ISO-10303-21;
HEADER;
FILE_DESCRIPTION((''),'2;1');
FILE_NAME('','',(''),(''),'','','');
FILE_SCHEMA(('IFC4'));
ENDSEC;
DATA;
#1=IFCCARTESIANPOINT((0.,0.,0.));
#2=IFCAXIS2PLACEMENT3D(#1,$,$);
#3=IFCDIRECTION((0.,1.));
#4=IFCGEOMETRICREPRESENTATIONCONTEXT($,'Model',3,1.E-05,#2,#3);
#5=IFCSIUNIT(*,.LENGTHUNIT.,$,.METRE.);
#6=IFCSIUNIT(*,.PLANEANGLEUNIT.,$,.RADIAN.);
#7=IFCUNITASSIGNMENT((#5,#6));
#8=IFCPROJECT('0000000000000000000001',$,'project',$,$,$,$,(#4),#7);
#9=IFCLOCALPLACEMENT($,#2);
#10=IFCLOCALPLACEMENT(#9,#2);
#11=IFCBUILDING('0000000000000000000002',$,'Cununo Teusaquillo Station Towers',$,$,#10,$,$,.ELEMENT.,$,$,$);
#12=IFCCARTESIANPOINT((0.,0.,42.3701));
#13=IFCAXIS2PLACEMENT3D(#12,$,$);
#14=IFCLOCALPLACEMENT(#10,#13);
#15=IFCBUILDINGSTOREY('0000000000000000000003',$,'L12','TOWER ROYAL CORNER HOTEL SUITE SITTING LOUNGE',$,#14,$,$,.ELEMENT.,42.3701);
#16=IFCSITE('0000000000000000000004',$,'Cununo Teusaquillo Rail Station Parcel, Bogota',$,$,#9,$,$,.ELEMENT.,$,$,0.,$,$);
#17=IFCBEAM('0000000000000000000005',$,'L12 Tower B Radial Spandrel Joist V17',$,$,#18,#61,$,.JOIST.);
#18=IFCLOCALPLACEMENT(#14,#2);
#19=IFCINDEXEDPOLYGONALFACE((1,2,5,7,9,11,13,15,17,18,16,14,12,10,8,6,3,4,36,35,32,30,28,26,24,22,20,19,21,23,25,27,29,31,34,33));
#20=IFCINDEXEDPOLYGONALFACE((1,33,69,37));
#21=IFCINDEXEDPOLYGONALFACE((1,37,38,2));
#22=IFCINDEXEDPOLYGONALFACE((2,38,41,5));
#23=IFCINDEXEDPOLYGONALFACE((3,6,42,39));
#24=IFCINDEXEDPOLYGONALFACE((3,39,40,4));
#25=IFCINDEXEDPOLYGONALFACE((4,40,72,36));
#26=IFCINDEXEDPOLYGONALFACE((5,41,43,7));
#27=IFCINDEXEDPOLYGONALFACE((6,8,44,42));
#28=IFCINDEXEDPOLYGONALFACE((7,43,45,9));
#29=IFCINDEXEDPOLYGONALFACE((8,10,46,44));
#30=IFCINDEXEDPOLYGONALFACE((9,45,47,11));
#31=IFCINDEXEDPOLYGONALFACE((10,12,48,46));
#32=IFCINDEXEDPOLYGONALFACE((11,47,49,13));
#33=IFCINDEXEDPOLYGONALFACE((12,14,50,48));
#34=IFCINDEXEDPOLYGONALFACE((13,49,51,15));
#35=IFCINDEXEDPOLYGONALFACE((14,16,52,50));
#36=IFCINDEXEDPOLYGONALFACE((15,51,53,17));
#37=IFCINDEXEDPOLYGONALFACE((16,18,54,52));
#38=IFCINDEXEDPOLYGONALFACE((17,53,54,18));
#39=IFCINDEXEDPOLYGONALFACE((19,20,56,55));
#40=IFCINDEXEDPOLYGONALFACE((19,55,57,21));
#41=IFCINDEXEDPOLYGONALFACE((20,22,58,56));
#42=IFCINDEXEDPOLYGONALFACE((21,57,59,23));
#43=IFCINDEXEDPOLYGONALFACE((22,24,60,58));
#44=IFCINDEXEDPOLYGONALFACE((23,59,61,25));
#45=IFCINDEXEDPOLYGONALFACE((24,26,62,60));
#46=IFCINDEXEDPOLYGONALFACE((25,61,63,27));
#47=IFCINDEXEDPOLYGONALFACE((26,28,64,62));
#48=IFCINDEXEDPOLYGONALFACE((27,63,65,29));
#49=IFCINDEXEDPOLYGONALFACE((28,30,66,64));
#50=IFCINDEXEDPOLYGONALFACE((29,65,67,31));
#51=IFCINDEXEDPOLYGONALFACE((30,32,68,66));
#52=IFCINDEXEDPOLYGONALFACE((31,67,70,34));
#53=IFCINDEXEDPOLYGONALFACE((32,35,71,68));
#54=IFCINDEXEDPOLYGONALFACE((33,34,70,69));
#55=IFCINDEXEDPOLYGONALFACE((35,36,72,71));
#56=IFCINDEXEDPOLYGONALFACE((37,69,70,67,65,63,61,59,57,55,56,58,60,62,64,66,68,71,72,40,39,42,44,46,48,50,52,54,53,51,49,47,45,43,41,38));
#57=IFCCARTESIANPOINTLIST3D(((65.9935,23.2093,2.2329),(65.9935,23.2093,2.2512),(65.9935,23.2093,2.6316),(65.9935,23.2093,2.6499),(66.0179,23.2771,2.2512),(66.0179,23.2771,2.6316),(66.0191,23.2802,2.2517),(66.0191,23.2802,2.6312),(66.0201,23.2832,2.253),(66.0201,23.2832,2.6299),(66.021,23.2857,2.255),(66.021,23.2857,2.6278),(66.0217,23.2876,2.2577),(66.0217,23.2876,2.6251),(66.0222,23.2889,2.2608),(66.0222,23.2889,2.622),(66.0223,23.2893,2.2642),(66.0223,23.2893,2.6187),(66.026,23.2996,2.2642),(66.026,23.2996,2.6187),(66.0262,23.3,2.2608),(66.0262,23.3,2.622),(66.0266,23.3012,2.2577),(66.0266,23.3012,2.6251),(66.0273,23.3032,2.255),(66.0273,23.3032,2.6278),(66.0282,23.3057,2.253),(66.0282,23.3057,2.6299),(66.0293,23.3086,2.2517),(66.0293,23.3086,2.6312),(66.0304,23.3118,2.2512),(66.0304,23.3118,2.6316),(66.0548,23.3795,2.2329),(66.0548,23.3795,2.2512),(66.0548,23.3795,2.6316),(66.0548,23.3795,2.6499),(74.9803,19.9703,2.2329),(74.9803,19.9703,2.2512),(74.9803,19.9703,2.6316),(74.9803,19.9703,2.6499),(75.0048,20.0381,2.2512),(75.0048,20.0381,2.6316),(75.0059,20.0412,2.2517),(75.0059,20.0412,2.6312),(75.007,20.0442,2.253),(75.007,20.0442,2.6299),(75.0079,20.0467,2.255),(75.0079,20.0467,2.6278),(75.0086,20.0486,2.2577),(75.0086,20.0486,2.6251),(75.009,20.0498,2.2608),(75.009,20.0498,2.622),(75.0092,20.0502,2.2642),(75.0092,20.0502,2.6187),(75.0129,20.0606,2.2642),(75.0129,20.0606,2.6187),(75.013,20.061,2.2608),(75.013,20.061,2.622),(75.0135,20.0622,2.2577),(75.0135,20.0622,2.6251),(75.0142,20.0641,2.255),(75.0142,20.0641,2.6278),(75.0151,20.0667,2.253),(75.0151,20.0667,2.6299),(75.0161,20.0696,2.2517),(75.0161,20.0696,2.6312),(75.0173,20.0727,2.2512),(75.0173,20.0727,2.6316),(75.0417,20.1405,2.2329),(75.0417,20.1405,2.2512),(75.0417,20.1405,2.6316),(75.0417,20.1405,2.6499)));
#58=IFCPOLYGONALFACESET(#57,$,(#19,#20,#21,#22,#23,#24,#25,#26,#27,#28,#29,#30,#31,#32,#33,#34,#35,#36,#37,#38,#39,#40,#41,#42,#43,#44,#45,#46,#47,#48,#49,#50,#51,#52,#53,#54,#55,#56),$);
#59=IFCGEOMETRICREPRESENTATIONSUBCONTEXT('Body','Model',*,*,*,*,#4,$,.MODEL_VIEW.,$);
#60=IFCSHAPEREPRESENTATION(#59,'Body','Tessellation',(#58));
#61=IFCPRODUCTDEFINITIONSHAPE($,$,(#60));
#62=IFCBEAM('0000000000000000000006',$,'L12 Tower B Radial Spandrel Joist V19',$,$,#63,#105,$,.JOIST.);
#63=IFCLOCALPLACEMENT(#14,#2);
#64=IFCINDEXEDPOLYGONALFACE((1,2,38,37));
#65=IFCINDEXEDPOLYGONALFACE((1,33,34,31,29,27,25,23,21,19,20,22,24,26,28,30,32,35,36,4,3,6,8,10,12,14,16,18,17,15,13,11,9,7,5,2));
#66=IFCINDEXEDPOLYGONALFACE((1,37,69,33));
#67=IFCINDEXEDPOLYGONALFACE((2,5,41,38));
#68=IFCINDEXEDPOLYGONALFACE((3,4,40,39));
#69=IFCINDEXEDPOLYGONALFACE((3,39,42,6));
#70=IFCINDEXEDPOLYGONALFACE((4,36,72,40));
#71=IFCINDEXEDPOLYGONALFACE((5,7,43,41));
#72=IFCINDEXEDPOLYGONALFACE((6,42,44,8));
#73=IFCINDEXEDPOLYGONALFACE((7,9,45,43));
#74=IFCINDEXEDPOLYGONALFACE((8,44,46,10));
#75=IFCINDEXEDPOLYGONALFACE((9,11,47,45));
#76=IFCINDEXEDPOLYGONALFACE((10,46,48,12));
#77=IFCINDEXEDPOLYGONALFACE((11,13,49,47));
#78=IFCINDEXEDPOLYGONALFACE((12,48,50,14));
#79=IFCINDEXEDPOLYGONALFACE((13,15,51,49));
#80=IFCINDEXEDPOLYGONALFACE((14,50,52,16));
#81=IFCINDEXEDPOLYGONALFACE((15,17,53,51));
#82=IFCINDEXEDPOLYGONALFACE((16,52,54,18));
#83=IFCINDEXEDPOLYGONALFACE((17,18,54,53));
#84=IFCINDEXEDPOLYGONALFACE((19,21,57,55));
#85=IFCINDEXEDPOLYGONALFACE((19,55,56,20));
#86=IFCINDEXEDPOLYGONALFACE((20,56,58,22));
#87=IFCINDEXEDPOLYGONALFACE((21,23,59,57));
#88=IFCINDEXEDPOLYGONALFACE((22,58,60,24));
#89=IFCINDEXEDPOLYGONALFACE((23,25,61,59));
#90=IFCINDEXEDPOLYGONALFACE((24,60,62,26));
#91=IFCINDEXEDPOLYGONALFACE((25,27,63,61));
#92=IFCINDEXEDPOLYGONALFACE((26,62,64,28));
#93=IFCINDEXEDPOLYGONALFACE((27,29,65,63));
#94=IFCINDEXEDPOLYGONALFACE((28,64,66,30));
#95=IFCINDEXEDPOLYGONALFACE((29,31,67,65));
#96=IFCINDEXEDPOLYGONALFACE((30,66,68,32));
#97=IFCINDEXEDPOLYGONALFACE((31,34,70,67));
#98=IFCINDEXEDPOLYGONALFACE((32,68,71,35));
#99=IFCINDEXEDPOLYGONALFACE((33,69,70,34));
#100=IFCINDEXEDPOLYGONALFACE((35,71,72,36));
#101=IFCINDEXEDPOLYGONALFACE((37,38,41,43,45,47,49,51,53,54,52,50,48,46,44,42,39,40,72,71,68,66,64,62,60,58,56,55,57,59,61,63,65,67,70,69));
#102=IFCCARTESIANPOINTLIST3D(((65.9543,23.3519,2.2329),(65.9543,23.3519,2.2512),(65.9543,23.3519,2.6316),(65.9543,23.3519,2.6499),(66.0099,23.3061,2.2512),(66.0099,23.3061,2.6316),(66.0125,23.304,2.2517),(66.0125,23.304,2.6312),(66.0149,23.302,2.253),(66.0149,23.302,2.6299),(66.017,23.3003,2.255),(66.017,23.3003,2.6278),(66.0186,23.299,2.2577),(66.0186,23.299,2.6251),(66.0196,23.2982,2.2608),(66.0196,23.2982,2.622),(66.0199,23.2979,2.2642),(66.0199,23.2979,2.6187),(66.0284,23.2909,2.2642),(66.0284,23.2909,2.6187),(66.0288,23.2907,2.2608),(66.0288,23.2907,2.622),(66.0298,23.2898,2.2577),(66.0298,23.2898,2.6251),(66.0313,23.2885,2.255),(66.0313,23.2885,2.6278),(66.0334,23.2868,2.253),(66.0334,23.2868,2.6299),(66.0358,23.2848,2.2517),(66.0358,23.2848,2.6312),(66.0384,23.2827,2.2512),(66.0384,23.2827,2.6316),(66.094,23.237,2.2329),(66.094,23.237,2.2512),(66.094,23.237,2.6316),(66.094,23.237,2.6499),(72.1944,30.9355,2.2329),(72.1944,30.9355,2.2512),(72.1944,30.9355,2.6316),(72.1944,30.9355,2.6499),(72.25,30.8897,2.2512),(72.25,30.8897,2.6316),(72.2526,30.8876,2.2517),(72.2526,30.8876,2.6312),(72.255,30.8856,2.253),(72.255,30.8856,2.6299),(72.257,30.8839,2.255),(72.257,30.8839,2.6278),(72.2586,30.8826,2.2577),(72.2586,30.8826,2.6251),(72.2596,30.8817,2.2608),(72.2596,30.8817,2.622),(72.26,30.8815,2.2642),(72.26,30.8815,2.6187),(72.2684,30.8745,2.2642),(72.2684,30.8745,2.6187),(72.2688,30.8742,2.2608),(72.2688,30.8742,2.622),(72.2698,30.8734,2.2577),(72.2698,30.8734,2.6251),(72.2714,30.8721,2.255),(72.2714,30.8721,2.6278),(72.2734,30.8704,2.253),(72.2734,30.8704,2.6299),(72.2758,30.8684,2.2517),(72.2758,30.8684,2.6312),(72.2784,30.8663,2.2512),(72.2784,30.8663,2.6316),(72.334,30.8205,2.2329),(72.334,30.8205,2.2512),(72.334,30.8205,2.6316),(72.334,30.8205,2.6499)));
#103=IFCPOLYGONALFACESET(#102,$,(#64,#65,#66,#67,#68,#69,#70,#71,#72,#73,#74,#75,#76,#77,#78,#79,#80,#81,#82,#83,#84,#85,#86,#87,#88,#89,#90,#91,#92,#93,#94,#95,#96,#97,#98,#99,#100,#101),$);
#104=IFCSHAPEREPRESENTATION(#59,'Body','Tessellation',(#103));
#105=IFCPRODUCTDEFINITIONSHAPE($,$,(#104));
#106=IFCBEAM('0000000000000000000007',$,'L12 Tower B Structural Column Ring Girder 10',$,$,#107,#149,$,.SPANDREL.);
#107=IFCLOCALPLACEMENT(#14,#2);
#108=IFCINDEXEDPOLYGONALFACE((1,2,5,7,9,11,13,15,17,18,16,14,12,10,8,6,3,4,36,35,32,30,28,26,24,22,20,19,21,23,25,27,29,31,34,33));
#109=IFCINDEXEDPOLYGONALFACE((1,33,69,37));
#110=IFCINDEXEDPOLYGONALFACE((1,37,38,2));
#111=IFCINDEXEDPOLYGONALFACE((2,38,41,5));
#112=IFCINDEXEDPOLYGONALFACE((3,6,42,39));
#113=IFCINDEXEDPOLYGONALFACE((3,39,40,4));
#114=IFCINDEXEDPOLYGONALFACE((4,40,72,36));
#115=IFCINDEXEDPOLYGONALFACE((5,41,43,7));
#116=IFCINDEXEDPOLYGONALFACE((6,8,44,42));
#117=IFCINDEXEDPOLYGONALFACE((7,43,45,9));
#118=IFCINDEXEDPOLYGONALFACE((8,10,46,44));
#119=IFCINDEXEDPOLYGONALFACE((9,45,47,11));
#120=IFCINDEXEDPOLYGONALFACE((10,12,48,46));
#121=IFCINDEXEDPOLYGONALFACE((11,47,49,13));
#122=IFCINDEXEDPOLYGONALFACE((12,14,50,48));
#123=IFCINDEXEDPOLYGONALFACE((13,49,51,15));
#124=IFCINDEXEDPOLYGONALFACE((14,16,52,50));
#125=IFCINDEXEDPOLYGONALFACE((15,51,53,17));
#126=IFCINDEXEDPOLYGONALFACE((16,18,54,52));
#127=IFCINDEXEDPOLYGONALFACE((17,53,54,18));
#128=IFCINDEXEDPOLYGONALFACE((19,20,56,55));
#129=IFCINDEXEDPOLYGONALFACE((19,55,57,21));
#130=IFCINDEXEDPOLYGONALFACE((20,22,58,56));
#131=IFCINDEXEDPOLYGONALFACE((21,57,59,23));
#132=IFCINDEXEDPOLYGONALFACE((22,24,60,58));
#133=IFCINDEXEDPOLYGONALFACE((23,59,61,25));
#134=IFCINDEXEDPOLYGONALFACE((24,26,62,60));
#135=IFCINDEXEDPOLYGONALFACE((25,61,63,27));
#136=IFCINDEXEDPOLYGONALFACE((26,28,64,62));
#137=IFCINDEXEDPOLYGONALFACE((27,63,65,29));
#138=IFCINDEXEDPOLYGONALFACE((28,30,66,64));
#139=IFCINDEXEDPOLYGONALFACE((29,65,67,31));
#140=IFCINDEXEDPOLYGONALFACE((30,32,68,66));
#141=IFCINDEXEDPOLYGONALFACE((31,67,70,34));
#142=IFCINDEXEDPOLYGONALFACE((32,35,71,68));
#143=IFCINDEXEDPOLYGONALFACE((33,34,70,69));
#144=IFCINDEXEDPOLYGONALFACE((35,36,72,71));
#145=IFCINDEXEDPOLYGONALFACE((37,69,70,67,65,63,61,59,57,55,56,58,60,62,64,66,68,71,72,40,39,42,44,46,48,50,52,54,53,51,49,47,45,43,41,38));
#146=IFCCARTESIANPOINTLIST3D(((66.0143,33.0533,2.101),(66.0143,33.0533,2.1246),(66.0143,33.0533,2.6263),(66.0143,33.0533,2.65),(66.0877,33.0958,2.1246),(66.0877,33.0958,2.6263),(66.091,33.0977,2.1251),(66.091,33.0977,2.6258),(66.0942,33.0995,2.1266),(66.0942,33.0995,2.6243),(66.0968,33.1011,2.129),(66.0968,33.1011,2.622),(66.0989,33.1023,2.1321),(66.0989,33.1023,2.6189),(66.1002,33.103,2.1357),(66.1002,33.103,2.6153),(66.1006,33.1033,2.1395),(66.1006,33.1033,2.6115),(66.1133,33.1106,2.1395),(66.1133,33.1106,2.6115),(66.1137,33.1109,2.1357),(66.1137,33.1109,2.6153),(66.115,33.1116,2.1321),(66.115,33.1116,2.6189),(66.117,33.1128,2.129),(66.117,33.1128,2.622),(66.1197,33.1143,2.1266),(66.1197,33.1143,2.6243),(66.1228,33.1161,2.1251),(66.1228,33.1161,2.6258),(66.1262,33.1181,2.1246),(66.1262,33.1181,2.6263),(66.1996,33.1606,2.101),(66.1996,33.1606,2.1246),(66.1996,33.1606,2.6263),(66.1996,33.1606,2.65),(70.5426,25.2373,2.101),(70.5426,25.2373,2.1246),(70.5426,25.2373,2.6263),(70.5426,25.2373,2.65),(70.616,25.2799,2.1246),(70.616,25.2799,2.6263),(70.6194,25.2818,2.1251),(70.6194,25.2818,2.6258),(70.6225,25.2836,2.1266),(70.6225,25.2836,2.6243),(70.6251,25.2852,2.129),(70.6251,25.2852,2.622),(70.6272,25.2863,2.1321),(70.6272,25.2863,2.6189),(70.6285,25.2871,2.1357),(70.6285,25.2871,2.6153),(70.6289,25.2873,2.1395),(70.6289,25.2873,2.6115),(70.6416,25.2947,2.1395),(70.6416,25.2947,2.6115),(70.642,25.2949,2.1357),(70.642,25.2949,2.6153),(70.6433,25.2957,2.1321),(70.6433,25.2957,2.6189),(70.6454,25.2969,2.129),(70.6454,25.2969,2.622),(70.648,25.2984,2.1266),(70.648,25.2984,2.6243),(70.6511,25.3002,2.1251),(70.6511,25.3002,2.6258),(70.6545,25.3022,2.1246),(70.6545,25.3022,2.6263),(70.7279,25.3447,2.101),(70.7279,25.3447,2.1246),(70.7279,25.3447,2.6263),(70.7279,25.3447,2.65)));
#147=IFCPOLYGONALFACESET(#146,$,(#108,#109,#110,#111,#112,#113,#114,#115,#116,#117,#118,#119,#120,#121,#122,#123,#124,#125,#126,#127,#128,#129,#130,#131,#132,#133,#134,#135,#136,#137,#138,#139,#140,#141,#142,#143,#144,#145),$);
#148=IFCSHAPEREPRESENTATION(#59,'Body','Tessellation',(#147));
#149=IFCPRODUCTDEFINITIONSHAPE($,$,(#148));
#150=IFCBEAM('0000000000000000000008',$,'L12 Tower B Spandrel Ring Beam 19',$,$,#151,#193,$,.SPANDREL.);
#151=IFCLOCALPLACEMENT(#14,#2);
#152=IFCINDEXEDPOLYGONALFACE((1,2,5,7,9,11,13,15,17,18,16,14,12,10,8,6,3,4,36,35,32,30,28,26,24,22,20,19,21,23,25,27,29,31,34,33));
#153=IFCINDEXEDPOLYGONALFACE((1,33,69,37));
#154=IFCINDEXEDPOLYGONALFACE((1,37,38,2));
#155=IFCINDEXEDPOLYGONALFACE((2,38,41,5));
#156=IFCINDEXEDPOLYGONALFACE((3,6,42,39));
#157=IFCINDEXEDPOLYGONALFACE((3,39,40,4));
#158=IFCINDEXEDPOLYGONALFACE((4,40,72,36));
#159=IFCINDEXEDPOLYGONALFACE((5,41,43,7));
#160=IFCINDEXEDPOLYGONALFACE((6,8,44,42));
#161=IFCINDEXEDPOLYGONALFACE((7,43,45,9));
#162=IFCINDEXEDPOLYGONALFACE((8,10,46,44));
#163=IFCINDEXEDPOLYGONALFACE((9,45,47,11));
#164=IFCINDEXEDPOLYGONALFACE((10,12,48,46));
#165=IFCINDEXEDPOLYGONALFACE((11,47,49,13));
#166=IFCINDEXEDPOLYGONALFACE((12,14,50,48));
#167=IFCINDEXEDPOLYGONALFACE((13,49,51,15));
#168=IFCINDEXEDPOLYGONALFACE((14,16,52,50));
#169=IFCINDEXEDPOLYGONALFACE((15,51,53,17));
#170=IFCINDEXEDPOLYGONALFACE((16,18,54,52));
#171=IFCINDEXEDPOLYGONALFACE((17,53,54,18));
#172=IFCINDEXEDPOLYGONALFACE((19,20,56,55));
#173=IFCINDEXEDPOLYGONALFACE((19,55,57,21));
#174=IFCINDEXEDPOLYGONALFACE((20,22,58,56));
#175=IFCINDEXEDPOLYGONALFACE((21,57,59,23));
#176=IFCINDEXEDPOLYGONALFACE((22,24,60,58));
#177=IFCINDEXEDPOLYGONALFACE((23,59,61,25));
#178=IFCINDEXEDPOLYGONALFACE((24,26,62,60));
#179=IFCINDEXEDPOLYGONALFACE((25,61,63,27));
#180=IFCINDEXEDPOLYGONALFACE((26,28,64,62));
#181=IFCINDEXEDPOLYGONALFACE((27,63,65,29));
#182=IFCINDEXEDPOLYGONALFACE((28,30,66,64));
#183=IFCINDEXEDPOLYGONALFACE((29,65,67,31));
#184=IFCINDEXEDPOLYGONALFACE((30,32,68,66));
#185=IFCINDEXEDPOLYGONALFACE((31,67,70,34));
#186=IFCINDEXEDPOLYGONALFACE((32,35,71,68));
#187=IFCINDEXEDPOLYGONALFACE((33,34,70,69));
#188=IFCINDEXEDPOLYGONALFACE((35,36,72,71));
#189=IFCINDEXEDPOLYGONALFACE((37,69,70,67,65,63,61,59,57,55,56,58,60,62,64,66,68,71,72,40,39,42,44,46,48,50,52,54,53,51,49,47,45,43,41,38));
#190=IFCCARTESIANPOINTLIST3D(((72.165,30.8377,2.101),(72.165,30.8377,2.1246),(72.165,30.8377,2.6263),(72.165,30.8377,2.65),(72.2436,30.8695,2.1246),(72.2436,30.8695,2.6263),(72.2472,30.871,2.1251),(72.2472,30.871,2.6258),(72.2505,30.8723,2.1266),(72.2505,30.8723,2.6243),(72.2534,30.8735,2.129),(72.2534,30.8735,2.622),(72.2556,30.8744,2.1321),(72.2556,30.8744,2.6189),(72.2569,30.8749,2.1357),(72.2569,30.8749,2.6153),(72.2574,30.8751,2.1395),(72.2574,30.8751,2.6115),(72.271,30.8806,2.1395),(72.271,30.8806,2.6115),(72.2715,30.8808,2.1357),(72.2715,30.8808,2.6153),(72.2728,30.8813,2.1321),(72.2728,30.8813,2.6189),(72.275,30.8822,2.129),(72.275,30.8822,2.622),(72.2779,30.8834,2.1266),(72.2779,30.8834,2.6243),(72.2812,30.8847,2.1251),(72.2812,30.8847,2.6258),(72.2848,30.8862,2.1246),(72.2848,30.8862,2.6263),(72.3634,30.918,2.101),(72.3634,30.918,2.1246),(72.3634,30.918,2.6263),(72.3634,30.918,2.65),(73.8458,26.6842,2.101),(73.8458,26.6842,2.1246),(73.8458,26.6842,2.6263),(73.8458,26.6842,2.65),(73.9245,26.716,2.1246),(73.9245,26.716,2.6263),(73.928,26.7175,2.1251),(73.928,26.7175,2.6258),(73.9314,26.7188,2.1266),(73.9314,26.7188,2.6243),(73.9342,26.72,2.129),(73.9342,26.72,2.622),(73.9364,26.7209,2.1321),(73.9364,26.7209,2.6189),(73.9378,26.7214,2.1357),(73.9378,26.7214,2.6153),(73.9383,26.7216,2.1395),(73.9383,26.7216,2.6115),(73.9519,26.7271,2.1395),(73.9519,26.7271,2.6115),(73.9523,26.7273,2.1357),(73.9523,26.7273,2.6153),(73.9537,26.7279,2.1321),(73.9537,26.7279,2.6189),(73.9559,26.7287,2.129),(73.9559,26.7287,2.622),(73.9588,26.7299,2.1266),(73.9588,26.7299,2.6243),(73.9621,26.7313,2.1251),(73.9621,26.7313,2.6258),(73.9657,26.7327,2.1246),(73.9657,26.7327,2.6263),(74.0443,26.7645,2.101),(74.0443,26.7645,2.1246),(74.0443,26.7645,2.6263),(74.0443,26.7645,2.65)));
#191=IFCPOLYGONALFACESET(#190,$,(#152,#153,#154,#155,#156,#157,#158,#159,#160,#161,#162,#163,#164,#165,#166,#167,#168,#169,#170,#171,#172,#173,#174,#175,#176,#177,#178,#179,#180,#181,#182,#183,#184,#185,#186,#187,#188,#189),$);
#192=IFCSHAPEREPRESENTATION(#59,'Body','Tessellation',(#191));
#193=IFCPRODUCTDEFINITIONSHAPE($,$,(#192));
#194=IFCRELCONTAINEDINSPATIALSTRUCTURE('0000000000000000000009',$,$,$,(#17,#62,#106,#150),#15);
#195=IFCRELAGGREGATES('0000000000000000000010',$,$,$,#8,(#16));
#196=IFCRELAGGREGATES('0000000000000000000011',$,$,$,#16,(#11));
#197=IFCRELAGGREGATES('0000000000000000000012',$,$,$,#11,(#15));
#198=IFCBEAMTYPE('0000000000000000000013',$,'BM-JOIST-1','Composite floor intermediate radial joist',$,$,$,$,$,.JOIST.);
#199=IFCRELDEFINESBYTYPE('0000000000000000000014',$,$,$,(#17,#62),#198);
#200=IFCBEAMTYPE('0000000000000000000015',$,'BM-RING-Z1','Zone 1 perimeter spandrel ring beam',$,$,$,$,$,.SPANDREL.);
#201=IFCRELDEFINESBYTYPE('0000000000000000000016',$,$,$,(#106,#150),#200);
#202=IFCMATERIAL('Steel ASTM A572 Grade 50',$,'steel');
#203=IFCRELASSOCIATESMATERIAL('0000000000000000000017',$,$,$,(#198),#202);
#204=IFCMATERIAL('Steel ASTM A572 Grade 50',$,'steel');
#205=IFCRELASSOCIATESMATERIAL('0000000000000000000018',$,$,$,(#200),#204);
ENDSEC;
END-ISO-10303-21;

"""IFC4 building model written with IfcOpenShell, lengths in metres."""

from ifc_helpers import new_model, si_unit, direction, frame, origin, origin_2d, place, context, subcontext, project, spatial, i_section, extrude, material, material_profile, profile_set, type_object, element, save


model = new_model("IFC4")

# Units and contexts
model_context = context("Model", 3, precision=1e-05, world=origin(), true_north=direction((0.0, 1.0)))
body_context = subcontext(model_context, "Body", "Model", "MODEL_VIEW")
ifc_project = project(units=[si_unit("LENGTHUNIT", "METRE"), si_unit("PLANEANGLEUNIT", "RADIAN")], contexts=[model_context])

# Site, building, storey
site_placement = place(None, origin())
site = spatial("IfcSite", under=ifc_project, at=site_placement, Name="Cununo Teusaquillo Rail Station Parcel, Bogota", CompositionType="ELEMENT", RefElevation=0.0)
building_placement = place(site_placement, origin())
building = spatial("IfcBuilding", under=site, at=building_placement, Name="Cununo Teusaquillo Station Towers", CompositionType="ELEMENT")
storey_placement = place(building_placement, frame((0.0, 0.0, 42.3701)))
storey = spatial("IfcBuildingStorey", under=building, at=storey_placement, Name="L12", Description="TOWER ROYAL CORNER HOTEL SUITE SITTING LOUNGE", CompositionType="ELEMENT", Elevation=42.3701)

# Beams
ifc_material_1 = material(Name="Steel ASTM A572 Grade 50", Category="steel")
ifc_material_profile_1 = material_profile(ifc_material_1, i_section(OverallWidth=0.1809, OverallDepth=0.417, WebThickness=0.011, FlangeThickness=0.0183, FilletRadius=0.0129, at=origin_2d()), Name="W16X57")
ifc_profile_set_1 = profile_set([ifc_material_profile_1], Name="Steel ASTM A572 Grade 50")
beam_type_1 = type_object("IfcBeamType", Name="BM-JOIST-1", Description="Composite floor intermediate radial joist", PredefinedType="JOIST", material=ifc_profile_set_1)
beam_1_placement = place(storey_placement, frame((66.0242, 23.2944, 2.4414), z_axis=(0.940762, -0.339068, 0.0), x_axis=(0.339068, 0.940762, 0.0)))
element("IfcBeam", 1, at=beam_1_placement, inside=storey, type_object=beam_type_1, Name="L12 Tower B Radial Spandrel Joist V17", PredefinedType="JOIST", context=body_context, shape_type="SweptSolid", body=[
    extrude(i_section(OverallWidth=0.1809, OverallDepth=0.417, WebThickness=0.011, FlangeThickness=0.0183, FilletRadius=0.0129, at=origin_2d()), origin(), (0.0, 0.0, 1.0), 9.5527),
])
beam_2_placement = place(storey_placement, frame((66.0242, 23.2944, 2.4414), z_axis=(0.635389, 0.772192, 0.0), x_axis=(-0.772192, 0.635389, 0.0)))
element("IfcBeam", 2, at=beam_2_placement, inside=storey, type_object=beam_type_1, Name="L12 Tower B Radial Spandrel Joist V19", PredefinedType="JOIST", context=body_context, shape_type="SweptSolid", body=[
    extrude(i_section(OverallWidth=0.1809, OverallDepth=0.417, WebThickness=0.011, FlangeThickness=0.0183, FilletRadius=0.0129, at=origin_2d()), origin(), (0.0, 0.0, 1.0), 9.8208),
])
ifc_material_2 = material(Name="Steel ASTM A572 Grade 50", Category="steel")
ifc_material_profile_2 = material_profile(ifc_material_2, i_section(OverallWidth=0.2141, OverallDepth=0.5491, WebThickness=0.0146, FlangeThickness=0.0237, FilletRadius=0.0149, at=origin_2d()), Name="W21X93")
ifc_profile_set_2 = profile_set([ifc_material_profile_2], Name="Steel ASTM A572 Grade 50")
beam_type_2 = type_object("IfcBeamType", Name="BM-RING-Z1", Description="Zone 1 perimeter spandrel ring beam", PredefinedType="SPANDREL", material=ifc_profile_set_2)
beam_3_placement = place(storey_placement, frame((70.6353, 25.291, 2.3755), z_axis=(-0.501311, 0.865267, 0.0), x_axis=(-0.865267, -0.501311, 0.0)))
element("IfcBeam", 3, at=beam_3_placement, inside=storey, type_object=beam_type_2, Name="L12 Tower B Structural Column Ring Girder 10", PredefinedType="SPANDREL", context=body_context, shape_type="SweptSolid", body=[
    extrude(i_section(OverallWidth=0.2141, OverallDepth=0.5491, WebThickness=0.0146, FlangeThickness=0.0237, FilletRadius=0.0149, at=origin_2d()), origin(), (0.0, 0.0, 1.0), 9.033),
])
beam_4_placement = place(storey_placement, frame((73.9451, 26.7244, 2.3755), z_axis=(-0.375136, 0.92697, 0.0), x_axis=(-0.92697, -0.375136, 0.0)))
element("IfcBeam", 4, at=beam_4_placement, inside=storey, type_object=beam_type_2, Name="L12 Tower B Spandrel Ring Beam 19", PredefinedType="SPANDREL", context=body_context, shape_type="SweptSolid", body=[
    extrude(i_section(OverallWidth=0.2141, OverallDepth=0.5491, WebThickness=0.0146, FlangeThickness=0.0237, FilletRadius=0.0149, at=origin_2d()), origin(), (0.0, 0.0, 1.0), 4.4807),
])

save(model, "model.ifc")
